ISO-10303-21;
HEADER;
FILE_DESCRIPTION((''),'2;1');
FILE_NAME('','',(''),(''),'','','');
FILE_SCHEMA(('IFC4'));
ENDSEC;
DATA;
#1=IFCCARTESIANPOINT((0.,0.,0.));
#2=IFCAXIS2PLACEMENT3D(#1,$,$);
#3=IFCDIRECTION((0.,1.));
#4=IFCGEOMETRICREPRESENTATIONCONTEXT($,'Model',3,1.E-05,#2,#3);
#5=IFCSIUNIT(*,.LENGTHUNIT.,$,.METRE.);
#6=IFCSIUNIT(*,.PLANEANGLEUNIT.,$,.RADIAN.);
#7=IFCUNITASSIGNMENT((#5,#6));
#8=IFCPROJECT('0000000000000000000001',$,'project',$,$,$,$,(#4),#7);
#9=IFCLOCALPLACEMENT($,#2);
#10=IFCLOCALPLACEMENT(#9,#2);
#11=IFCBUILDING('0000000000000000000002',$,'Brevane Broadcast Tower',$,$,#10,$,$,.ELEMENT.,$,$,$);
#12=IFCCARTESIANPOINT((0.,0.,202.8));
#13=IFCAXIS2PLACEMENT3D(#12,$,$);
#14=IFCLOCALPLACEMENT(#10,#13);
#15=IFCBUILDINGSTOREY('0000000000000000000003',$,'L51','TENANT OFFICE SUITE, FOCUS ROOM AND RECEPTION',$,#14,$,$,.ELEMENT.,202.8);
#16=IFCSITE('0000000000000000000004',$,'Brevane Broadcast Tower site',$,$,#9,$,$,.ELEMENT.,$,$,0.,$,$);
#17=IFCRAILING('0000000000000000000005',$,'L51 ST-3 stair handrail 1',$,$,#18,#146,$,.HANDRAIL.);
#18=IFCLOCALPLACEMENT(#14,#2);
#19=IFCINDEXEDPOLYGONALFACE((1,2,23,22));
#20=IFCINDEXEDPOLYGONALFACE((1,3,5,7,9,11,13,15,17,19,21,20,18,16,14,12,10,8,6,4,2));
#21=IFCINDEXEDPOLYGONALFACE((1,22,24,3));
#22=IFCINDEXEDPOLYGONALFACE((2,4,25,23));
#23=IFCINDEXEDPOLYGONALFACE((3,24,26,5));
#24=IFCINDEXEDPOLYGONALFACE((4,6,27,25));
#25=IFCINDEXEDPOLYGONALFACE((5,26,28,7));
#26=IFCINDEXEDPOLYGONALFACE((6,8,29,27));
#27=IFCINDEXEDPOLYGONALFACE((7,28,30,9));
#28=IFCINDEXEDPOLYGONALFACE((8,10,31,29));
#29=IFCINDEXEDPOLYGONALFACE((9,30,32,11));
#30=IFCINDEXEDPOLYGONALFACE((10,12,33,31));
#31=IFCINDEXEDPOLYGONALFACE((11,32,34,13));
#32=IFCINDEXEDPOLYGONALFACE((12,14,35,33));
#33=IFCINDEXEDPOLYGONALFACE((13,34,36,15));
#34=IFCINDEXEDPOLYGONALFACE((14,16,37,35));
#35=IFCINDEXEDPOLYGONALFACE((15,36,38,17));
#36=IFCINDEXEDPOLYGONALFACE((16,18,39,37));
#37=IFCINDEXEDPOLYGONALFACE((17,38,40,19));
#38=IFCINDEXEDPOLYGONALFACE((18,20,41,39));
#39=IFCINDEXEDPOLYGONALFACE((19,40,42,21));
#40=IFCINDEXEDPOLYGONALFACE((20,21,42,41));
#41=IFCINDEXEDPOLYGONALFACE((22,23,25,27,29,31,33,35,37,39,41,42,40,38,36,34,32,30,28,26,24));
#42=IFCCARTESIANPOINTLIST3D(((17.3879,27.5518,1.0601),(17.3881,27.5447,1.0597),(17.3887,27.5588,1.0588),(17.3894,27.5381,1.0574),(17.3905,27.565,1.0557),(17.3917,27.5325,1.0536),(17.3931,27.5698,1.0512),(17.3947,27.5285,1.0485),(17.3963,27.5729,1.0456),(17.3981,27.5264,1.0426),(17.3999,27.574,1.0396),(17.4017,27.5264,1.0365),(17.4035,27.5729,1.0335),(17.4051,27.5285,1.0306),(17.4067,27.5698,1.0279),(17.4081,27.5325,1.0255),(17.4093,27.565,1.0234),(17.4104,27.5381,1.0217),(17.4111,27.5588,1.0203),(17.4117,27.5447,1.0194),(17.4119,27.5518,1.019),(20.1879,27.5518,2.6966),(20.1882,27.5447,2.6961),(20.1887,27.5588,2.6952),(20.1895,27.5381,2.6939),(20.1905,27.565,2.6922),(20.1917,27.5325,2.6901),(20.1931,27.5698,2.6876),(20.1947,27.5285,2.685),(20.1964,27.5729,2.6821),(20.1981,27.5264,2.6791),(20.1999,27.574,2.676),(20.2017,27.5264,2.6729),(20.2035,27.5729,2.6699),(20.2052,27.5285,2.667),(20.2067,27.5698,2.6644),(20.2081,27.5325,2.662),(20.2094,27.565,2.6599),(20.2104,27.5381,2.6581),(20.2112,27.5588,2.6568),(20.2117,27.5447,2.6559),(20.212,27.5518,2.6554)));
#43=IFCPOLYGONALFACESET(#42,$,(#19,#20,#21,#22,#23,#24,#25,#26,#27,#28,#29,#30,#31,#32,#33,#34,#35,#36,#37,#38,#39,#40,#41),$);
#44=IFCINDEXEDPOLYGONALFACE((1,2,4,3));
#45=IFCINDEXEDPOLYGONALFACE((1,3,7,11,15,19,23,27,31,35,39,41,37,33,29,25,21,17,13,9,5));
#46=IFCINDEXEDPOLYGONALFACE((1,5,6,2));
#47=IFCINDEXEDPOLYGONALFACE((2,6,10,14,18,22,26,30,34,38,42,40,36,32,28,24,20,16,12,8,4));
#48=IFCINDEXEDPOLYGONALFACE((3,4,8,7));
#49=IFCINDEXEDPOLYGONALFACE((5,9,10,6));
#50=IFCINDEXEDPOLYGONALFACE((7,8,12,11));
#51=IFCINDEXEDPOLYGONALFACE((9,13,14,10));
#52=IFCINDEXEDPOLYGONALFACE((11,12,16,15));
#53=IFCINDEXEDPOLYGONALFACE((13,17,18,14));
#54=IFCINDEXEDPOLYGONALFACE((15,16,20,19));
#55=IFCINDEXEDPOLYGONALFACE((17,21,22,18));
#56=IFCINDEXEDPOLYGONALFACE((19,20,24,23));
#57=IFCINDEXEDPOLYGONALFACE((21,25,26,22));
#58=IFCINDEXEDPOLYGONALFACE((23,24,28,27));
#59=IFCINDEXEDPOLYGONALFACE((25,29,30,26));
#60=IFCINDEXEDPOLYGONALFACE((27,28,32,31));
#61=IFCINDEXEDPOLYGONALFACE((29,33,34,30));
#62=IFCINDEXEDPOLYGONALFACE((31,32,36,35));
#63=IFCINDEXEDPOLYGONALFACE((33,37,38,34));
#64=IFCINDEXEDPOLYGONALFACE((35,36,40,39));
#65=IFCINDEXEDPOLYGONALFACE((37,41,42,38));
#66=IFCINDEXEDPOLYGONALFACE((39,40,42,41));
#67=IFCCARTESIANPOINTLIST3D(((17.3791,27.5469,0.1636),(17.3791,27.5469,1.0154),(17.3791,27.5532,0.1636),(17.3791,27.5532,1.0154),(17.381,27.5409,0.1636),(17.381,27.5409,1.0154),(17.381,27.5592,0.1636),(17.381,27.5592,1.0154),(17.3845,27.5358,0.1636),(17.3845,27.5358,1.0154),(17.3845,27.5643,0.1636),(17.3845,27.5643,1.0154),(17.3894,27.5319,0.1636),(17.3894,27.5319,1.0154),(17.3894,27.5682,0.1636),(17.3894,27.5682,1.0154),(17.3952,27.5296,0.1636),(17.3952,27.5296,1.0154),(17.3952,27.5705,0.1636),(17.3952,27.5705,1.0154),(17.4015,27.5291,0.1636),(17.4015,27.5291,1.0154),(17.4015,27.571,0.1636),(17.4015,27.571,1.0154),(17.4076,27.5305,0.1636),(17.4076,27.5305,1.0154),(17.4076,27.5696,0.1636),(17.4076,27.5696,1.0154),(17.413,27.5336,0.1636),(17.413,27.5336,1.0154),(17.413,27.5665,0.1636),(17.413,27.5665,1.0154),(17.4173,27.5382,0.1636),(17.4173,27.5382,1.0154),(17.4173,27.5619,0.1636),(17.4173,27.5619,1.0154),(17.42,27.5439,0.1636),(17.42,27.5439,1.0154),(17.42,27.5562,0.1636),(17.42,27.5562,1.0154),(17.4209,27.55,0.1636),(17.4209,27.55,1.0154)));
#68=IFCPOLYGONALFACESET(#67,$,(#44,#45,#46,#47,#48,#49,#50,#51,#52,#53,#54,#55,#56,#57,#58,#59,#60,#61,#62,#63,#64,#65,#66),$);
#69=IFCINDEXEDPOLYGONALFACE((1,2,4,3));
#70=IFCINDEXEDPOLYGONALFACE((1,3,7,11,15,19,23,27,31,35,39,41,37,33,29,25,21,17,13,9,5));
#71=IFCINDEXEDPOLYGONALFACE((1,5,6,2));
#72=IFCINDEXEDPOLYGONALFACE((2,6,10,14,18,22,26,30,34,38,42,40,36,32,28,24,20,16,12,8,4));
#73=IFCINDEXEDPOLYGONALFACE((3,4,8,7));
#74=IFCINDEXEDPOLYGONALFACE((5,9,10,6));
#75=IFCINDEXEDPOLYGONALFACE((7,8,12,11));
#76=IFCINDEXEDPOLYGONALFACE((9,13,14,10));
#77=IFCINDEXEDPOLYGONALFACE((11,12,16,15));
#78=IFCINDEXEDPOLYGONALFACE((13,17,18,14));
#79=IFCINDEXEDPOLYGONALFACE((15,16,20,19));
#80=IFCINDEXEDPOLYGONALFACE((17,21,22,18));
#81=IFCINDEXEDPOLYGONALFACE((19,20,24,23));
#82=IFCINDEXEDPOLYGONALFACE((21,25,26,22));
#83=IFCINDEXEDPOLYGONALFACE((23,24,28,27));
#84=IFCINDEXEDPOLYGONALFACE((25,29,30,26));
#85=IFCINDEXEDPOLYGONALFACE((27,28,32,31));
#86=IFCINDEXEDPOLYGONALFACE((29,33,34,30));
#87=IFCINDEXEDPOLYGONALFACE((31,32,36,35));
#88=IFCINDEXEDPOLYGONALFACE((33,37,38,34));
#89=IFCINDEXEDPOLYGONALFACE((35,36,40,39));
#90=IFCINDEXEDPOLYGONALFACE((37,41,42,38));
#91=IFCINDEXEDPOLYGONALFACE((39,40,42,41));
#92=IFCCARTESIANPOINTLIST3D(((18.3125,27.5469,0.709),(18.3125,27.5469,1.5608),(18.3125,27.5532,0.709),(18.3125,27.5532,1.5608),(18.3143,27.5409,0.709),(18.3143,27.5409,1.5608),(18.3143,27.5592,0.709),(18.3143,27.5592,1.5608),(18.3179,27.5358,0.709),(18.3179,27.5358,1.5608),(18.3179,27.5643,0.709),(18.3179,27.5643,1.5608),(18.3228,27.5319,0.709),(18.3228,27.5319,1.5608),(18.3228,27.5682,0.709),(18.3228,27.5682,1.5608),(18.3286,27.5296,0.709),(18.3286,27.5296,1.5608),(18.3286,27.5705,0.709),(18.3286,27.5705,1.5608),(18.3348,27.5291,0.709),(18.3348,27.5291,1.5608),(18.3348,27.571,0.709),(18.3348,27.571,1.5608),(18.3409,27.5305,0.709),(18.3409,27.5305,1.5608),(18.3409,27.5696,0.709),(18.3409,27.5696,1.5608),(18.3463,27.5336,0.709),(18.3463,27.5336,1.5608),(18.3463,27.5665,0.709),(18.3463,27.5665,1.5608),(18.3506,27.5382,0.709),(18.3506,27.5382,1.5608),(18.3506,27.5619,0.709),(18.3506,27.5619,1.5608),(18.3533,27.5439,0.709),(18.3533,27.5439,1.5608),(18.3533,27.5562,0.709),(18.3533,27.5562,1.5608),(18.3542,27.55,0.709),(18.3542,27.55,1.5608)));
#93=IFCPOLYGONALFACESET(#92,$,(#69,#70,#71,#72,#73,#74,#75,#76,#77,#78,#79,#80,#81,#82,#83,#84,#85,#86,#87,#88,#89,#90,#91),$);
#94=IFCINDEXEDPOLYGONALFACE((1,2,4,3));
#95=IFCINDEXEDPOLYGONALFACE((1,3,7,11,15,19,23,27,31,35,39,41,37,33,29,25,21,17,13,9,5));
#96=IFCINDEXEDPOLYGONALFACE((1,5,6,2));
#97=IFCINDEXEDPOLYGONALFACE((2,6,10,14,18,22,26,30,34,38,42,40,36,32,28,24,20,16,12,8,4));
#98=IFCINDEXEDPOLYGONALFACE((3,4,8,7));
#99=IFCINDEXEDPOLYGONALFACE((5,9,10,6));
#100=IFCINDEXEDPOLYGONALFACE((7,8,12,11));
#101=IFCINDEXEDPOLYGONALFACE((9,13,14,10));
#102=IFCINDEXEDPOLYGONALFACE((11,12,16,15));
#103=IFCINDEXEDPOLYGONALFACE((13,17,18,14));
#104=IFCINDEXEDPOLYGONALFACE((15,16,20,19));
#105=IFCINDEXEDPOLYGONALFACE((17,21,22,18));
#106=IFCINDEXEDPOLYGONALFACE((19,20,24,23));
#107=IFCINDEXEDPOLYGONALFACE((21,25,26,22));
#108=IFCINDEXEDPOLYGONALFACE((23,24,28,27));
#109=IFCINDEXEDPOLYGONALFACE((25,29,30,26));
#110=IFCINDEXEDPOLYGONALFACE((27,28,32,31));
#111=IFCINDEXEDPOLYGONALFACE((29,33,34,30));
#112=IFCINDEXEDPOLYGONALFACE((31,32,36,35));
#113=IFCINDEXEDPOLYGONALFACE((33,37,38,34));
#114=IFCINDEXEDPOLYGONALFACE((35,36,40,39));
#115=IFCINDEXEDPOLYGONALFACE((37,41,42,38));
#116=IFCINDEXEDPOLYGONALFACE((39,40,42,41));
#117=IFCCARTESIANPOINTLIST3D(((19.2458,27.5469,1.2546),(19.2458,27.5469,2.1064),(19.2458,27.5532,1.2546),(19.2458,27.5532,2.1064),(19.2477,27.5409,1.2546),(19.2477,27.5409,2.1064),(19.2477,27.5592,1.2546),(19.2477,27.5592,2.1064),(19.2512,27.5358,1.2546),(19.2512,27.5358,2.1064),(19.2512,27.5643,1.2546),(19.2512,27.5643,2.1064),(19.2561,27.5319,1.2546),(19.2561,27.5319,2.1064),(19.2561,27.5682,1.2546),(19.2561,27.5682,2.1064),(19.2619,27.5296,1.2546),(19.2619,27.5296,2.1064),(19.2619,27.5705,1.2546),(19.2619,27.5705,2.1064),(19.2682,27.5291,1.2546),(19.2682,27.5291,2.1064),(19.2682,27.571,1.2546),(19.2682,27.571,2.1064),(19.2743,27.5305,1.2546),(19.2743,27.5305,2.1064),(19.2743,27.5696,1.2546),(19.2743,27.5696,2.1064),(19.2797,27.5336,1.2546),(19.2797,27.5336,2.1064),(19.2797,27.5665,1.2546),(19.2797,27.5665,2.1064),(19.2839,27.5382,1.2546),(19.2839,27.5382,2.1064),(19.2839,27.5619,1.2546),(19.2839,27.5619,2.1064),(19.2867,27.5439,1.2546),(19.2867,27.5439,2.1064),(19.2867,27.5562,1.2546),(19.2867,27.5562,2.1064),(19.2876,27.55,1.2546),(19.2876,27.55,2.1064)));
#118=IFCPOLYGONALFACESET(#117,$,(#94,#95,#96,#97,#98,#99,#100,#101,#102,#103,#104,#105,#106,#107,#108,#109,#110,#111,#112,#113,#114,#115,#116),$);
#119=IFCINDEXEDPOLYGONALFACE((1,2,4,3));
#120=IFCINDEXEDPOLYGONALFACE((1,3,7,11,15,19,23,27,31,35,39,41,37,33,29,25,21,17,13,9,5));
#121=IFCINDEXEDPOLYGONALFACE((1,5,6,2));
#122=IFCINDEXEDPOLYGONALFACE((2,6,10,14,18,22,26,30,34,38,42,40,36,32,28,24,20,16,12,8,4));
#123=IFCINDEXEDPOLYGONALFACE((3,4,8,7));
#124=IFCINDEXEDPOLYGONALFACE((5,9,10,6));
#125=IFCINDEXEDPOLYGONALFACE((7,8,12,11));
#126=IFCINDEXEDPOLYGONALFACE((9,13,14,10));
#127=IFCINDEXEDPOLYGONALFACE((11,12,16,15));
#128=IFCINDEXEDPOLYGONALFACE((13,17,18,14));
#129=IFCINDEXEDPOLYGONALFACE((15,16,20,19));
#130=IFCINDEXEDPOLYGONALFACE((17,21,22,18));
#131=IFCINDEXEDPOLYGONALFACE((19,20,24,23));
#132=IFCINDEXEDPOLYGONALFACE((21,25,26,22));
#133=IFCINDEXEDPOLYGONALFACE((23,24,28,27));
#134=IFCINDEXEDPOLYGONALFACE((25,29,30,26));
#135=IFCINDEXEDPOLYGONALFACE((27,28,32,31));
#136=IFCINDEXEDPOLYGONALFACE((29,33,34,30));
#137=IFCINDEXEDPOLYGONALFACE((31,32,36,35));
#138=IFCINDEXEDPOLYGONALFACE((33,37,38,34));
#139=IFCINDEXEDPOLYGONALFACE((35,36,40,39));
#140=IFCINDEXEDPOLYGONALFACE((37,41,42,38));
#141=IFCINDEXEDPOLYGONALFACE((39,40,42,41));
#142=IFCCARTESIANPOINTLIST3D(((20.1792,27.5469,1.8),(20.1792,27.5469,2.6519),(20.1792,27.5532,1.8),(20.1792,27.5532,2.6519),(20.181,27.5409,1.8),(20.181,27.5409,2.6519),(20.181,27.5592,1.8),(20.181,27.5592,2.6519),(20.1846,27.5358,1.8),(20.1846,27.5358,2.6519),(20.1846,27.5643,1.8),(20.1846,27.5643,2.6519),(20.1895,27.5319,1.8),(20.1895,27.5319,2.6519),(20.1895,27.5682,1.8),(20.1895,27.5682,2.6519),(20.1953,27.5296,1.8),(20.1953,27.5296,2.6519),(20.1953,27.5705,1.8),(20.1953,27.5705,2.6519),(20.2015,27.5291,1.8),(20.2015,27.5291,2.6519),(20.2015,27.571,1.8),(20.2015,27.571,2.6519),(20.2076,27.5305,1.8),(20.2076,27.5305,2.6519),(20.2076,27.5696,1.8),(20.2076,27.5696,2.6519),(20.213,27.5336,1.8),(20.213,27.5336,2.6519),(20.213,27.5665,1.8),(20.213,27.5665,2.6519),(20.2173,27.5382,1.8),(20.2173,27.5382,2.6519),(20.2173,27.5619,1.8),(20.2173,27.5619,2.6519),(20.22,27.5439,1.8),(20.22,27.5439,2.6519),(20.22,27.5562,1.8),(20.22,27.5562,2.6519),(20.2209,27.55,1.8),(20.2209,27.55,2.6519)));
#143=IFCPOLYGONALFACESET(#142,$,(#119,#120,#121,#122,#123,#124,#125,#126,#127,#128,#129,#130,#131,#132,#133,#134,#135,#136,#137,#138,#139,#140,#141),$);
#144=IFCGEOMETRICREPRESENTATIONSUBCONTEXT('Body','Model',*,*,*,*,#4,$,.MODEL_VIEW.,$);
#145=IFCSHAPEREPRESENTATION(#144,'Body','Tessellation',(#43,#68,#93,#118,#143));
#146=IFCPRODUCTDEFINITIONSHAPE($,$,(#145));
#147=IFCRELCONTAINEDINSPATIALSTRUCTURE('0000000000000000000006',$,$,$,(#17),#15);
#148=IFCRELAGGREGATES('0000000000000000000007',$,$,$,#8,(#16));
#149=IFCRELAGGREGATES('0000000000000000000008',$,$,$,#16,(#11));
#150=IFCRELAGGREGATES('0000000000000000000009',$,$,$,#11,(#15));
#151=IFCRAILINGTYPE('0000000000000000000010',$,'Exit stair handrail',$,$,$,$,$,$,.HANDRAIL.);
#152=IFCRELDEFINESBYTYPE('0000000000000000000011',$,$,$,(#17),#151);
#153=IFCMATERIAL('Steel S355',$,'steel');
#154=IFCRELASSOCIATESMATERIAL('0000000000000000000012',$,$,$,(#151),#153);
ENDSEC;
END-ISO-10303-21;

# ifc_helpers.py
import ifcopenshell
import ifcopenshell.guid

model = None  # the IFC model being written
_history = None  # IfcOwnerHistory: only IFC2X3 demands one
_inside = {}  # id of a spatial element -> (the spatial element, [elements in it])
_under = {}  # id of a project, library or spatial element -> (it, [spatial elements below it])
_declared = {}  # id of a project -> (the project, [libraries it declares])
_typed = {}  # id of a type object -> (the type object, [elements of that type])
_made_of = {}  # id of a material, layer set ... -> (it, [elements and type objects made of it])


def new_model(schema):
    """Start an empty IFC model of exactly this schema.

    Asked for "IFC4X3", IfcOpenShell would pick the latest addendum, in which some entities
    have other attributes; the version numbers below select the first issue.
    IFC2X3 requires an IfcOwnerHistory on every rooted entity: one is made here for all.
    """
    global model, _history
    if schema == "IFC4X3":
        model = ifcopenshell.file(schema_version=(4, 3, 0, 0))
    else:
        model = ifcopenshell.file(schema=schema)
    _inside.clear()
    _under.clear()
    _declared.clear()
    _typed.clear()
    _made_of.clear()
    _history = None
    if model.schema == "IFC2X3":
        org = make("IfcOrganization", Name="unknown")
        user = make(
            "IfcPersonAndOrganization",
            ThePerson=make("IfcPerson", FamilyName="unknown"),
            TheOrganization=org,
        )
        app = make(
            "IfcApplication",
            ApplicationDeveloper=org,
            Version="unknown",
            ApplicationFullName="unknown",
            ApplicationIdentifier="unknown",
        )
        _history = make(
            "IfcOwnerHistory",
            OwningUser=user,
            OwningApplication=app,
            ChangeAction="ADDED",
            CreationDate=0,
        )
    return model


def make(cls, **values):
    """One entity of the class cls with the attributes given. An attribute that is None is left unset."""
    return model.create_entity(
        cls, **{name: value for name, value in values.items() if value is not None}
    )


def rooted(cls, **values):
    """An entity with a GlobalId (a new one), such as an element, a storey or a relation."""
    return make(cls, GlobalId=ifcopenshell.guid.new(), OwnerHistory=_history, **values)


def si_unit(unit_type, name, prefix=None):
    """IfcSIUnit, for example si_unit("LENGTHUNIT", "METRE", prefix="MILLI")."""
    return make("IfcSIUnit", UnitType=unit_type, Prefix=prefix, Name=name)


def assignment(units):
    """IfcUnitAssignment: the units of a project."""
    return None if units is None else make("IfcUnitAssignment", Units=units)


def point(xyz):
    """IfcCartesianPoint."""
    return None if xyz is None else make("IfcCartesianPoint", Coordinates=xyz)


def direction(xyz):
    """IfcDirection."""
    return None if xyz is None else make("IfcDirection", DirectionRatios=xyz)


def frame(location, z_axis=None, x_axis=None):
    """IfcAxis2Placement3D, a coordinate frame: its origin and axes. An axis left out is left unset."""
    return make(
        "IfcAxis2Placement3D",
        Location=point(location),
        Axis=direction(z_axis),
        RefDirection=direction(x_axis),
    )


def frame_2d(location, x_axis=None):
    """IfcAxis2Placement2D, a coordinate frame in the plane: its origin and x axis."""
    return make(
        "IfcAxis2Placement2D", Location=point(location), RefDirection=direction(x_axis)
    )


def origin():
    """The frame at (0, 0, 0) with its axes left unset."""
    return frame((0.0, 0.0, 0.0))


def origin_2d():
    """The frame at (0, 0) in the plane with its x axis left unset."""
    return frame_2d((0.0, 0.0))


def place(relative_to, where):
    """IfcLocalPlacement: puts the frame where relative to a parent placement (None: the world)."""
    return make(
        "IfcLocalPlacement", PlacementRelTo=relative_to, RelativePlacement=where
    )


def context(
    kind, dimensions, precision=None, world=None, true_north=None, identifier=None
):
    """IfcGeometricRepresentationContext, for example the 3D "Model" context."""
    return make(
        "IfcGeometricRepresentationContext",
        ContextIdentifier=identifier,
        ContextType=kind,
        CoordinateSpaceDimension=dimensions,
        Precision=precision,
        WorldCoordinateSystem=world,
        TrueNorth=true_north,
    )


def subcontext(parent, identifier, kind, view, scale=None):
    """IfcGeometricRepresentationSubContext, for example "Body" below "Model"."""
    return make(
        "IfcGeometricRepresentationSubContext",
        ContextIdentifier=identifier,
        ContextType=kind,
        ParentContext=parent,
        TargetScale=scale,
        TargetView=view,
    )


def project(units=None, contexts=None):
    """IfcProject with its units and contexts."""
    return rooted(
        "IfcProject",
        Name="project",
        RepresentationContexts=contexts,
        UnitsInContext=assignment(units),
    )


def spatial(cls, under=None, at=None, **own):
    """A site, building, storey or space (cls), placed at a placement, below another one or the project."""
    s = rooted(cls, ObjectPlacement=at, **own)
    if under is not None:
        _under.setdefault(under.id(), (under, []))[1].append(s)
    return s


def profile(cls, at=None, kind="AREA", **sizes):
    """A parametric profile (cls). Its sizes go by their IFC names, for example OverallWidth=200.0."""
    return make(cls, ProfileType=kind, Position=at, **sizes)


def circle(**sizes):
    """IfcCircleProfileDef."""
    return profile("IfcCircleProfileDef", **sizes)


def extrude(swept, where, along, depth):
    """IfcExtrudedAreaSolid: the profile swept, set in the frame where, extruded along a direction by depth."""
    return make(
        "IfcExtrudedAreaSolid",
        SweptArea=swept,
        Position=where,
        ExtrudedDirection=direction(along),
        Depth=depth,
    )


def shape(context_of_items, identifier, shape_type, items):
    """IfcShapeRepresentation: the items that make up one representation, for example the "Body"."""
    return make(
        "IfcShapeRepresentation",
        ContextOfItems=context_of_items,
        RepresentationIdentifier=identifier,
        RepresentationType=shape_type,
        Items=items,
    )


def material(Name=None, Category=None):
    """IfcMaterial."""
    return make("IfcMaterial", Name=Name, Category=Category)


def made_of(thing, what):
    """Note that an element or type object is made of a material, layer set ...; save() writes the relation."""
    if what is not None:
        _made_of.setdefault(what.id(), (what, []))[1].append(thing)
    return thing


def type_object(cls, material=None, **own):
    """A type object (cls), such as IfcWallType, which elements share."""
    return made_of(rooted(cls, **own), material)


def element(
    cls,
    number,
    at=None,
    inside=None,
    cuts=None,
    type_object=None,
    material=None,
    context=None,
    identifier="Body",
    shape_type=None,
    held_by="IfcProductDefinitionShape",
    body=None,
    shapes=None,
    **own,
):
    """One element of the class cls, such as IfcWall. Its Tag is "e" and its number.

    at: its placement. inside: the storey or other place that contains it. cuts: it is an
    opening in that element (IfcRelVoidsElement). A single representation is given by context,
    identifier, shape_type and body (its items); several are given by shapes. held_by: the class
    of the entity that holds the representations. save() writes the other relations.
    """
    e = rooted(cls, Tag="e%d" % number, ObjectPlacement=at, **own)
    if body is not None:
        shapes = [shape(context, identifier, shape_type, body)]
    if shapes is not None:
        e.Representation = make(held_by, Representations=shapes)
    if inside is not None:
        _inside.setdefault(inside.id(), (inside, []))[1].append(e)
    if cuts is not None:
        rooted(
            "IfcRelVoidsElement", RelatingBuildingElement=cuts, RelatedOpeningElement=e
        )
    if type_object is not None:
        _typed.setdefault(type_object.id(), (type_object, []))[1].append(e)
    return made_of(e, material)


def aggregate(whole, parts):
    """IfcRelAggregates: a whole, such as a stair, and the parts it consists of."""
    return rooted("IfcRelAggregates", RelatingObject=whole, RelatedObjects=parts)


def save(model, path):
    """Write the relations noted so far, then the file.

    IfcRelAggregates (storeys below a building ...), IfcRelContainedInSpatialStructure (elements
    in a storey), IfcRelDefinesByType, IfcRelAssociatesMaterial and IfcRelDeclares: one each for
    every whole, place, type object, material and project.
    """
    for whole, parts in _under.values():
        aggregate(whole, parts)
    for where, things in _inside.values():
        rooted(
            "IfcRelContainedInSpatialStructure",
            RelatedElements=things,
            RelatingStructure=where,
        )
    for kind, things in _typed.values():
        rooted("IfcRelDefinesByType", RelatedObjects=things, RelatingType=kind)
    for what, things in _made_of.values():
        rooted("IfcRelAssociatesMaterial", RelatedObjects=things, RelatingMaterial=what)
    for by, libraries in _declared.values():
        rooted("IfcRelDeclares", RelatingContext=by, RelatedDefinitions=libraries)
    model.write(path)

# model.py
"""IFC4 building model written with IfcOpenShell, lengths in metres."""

from ifc_helpers import new_model, si_unit, direction, frame, origin, origin_2d, place, context, subcontext, project, spatial, circle, extrude, material, type_object, element, save


model = new_model("IFC4")

# Units and contexts
model_context = context("Model", 3, precision=1e-05, world=origin(), true_north=direction((0.0, 1.0)))
body_context = subcontext(model_context, "Body", "Model", "MODEL_VIEW")
ifc_project = project(units=[si_unit("LENGTHUNIT", "METRE"), si_unit("PLANEANGLEUNIT", "RADIAN")], contexts=[model_context])

# Site, building, storey
site_placement = place(None, origin())
site = spatial("IfcSite", under=ifc_project, at=site_placement, Name="Brevane Broadcast Tower site", CompositionType="ELEMENT", RefElevation=0.0)
building_placement = place(site_placement, origin())
building = spatial("IfcBuilding", under=site, at=building_placement, Name="Brevane Broadcast Tower", CompositionType="ELEMENT")
storey_placement = place(building_placement, frame((0.0, 0.0, 202.8)))
storey = spatial("IfcBuildingStorey", under=building, at=storey_placement, Name="L51", Description="TENANT OFFICE SUITE, FOCUS ROOM AND RECEPTION", CompositionType="ELEMENT", Elevation=202.8)

# Railing
ifc_material_1 = material(Name="Steel S355", Category="steel")
railing_type_1 = type_object("IfcRailingType", Name="Exit stair handrail", PredefinedType="HANDRAIL", material=ifc_material_1)
railing_1_placement = place(storey_placement, frame((17.3999, 27.55, 0.1636)))
element("IfcRailing", 1, at=railing_1_placement, inside=storey, type_object=railing_type_1, Name="L51 ST-3 stair handrail 1", PredefinedType="HANDRAIL", context=body_context, shape_type="SweptSolid", body=[
    extrude(circle(Radius=0.0239, at=origin_2d()), frame((0.0, 0.0, 0.876), z_axis=(0.863361, 0.0, 0.504587), x_axis=(0.0, 1.0, 0.0)), (0.0, 0.0, 1.0), 3.2432),
    extrude(circle(Radius=0.021, at=origin_2d()), origin(), (0.0, 0.0, 1.0), 0.8518),
    extrude(circle(Radius=0.021, at=origin_2d()), frame((0.9333, 0.0, 0.5454)), (0.0, 0.0, 1.0), 0.8518),
    extrude(circle(Radius=0.021, at=origin_2d()), frame((1.8667, 0.0, 1.0911)), (0.0, 0.0, 1.0), 0.8518),
    extrude(circle(Radius=0.021, at=origin_2d()), frame((2.8, 0.0, 1.6365)), (0.0, 0.0, 1.0), 0.8518),
])

save(model, "model.ifc")
